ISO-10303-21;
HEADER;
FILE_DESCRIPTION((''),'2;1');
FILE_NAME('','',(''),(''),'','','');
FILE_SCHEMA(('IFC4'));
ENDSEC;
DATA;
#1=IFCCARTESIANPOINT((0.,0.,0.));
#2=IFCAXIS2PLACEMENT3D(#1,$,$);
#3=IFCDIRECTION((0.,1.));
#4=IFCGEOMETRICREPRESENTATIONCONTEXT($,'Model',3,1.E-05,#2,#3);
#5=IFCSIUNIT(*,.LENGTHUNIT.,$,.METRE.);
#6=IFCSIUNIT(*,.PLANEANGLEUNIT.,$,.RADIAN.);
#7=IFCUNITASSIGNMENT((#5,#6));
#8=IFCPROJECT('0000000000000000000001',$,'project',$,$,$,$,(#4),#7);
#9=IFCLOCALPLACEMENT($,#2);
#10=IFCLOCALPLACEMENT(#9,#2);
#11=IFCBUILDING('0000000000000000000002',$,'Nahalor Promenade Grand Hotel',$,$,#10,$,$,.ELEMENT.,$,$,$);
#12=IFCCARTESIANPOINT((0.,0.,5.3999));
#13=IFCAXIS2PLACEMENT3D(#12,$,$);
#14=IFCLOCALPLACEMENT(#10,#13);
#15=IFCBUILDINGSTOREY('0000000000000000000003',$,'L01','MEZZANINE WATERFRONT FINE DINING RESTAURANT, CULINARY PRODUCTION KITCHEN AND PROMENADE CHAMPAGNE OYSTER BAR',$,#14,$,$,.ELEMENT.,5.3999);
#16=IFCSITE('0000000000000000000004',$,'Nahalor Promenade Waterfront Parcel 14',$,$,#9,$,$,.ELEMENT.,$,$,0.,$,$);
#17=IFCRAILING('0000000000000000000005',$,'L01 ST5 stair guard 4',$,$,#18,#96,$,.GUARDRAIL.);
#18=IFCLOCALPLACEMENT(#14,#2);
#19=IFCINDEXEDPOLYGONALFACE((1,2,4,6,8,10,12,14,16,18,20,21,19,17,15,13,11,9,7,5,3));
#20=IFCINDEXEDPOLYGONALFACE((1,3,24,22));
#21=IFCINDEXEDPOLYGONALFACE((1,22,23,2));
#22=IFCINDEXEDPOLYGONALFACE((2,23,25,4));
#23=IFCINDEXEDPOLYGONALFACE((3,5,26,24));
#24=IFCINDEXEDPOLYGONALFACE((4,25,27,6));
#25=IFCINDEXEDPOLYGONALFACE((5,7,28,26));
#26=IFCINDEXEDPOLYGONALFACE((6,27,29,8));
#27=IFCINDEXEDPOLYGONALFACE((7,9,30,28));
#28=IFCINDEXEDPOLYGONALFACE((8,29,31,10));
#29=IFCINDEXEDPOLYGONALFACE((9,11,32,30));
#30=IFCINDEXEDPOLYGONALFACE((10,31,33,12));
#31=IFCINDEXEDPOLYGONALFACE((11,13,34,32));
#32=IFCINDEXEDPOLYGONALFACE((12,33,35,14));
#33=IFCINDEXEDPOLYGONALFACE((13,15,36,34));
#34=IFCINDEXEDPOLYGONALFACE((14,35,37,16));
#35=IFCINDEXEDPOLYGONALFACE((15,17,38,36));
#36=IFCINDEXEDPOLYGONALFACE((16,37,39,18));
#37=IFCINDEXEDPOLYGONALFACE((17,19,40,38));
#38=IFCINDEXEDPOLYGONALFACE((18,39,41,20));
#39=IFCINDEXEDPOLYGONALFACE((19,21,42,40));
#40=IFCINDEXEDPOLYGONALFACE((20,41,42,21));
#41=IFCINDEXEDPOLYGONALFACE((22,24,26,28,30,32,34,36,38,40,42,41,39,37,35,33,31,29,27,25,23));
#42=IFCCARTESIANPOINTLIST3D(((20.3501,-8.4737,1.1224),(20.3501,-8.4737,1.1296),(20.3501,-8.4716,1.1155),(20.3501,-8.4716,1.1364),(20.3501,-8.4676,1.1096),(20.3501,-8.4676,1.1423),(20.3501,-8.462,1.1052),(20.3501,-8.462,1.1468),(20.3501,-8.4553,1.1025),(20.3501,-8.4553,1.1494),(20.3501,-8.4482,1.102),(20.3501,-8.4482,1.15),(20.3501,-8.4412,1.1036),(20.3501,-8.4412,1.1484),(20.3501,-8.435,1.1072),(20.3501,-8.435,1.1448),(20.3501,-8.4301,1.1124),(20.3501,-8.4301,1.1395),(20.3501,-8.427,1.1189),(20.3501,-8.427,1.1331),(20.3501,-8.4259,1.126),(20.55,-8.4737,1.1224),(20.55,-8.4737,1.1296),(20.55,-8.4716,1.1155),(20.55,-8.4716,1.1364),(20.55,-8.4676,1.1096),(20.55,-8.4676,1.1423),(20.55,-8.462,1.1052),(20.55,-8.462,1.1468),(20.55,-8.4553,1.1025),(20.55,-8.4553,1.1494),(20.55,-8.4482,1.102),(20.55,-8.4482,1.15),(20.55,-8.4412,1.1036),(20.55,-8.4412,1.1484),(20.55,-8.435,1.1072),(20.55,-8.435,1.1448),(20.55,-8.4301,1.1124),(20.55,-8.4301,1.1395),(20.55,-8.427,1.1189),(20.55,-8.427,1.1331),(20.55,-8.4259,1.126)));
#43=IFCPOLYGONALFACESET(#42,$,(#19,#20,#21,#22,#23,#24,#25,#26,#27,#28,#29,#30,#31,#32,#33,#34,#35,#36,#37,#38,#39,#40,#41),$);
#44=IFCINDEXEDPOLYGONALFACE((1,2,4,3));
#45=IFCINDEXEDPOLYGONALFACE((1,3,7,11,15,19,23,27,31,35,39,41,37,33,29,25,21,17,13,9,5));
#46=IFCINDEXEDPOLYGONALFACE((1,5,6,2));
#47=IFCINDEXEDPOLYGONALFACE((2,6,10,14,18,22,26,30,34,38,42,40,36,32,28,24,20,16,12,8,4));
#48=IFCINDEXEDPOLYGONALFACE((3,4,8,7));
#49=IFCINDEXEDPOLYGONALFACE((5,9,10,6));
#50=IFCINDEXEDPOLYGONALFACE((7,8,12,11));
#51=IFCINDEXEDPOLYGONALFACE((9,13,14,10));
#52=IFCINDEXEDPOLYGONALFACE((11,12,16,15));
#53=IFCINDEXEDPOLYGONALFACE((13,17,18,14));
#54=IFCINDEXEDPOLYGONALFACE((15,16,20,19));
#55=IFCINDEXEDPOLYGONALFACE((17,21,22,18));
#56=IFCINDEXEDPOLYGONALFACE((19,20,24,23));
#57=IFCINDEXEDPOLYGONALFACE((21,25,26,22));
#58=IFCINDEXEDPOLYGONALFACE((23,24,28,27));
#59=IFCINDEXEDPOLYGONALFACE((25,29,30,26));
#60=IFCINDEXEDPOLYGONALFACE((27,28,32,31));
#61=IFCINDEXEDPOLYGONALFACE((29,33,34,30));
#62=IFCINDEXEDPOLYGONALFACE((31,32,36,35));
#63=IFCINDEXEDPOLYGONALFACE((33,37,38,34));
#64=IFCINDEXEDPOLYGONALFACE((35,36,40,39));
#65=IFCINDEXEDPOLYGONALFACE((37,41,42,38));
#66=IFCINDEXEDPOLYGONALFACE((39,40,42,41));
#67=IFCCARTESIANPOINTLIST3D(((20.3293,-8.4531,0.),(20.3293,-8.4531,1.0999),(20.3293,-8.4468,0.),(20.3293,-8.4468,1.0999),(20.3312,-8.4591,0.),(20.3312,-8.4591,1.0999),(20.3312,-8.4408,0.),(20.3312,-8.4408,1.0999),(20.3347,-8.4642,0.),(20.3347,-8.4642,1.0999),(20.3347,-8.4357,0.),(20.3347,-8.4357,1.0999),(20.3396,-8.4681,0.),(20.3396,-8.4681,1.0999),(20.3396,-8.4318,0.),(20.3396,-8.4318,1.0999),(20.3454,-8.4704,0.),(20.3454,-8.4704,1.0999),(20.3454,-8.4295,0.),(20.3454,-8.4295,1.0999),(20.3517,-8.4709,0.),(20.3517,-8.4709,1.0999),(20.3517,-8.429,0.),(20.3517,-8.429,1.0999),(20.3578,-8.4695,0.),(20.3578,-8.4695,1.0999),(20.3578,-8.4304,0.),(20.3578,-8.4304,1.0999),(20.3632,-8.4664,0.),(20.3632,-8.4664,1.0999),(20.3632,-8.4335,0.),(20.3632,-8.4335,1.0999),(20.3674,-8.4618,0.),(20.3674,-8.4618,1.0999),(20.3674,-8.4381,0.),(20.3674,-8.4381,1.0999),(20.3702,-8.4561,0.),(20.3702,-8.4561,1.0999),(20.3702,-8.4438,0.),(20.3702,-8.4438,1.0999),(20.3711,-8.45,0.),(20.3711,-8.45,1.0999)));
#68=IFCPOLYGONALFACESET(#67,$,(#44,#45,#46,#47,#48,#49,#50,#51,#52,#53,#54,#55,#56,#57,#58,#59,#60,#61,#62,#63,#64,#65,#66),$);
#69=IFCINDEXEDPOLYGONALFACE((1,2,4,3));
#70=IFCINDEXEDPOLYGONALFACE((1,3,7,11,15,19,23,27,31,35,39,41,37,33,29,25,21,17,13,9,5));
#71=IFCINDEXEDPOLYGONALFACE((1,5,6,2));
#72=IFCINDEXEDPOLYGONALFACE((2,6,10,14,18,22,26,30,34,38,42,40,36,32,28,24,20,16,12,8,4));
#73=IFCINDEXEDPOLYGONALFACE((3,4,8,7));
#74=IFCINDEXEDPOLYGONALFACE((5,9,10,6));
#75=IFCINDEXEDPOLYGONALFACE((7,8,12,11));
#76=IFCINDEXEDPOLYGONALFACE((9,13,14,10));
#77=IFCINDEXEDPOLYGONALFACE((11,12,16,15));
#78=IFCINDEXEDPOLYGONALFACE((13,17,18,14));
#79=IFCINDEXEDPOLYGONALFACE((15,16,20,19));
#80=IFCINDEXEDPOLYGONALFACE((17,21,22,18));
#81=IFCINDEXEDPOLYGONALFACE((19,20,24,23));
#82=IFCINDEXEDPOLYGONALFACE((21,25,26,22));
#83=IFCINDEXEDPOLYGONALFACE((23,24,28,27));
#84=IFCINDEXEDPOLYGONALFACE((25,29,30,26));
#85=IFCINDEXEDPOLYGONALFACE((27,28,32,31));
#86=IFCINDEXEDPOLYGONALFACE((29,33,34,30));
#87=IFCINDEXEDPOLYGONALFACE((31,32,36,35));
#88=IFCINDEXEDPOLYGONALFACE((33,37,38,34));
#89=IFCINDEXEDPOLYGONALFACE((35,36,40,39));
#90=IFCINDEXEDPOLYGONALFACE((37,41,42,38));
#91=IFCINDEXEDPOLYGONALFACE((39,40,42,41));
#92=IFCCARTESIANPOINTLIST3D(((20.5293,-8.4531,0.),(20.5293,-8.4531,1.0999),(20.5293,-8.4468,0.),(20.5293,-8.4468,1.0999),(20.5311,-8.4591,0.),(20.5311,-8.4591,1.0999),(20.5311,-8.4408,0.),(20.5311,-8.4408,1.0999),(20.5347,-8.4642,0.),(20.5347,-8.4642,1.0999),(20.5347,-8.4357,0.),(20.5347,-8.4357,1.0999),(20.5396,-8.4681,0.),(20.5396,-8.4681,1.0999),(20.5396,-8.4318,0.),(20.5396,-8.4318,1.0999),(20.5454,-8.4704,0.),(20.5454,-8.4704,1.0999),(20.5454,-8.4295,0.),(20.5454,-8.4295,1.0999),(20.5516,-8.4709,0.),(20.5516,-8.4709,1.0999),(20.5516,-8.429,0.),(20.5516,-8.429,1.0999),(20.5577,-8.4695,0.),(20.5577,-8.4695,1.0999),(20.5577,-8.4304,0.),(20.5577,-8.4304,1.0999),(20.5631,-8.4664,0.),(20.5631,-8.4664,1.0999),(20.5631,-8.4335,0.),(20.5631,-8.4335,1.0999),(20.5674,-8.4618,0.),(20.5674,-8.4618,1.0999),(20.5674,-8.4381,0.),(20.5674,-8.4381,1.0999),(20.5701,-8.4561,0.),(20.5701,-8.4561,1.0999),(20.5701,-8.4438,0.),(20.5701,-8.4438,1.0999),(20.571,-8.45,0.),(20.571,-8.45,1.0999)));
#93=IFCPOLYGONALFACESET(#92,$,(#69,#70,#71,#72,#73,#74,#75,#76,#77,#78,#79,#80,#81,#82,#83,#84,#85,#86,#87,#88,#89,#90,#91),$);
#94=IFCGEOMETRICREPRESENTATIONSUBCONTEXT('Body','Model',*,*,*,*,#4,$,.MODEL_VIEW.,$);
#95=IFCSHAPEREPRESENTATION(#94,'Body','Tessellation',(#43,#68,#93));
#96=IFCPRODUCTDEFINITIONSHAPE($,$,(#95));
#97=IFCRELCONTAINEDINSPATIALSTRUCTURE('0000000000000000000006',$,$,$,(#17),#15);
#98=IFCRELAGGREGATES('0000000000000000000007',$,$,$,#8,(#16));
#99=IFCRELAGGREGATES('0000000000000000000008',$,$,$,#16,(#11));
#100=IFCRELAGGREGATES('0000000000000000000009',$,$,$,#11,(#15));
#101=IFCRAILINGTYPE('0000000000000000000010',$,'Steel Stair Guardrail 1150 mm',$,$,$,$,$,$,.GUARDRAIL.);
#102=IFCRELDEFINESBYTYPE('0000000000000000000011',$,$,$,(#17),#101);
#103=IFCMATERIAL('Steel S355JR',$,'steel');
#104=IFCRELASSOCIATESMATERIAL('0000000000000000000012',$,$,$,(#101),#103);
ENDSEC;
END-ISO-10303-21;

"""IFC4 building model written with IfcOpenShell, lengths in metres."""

from ifc_helpers import new_model, si_unit, direction, frame, origin, origin_2d, place, context, subcontext, project, spatial, circle, extrude, material, type_object, element, save


model = new_model("IFC4")

# Units and contexts
model_context = context("Model", 3, precision=1e-05, world=origin(), true_north=direction((0.0, 1.0)))
body_context = subcontext(model_context, "Body", "Model", "MODEL_VIEW")
ifc_project = project(units=[si_unit("LENGTHUNIT", "METRE"), si_unit("PLANEANGLEUNIT", "RADIAN")], contexts=[model_context])

# Site, building, storey
site_placement = place(None, origin())
site = spatial("IfcSite", under=ifc_project, at=site_placement, Name="Nahalor Promenade Waterfront Parcel 14", CompositionType="ELEMENT", RefElevation=0.0)
building_placement = place(site_placement, origin())
building = spatial("IfcBuilding", under=site, at=building_placement, Name="Nahalor Promenade Grand Hotel", CompositionType="ELEMENT")
storey_placement = place(building_placement, frame((0.0, 0.0, 5.3999)))
storey = spatial("IfcBuildingStorey", under=building, at=storey_placement, Name="L01", Description="MEZZANINE WATERFRONT FINE DINING RESTAURANT, CULINARY PRODUCTION KITCHEN AND PROMENADE CHAMPAGNE OYSTER BAR", CompositionType="ELEMENT", Elevation=5.3999)

# Shared definitions
ifc_material_1 = material(Name="Steel S355JR", Category="steel")

# Railing
railing_type_1 = type_object("IfcRailingType", Name="Steel Stair Guardrail 1150 mm", PredefinedType="GUARDRAIL", material=ifc_material_1)
railing_1_placement = place(storey_placement, frame((20.3501, -8.45, 0.0)))
element("IfcRailing", 1, at=railing_1_placement, inside=storey, type_object=railing_type_1, Name="L01 ST5 stair guard 4", PredefinedType="GUARDRAIL", context=body_context, shape_type="SweptSolid", body=[
    extrude(circle(Radius=0.024, at=origin_2d()), frame((0.0, 0.0, 1.126), z_axis=(1.0, 0.0, 0.0), x_axis=(0.0, 1.0, 0.0)), (0.0, 0.0, 1.0), 0.2),
    extrude(circle(Radius=0.021, at=origin_2d()), origin(), (0.0, 0.0, 1.0), 1.0999),
    extrude(circle(Radius=0.021, at=origin_2d()), frame((0.2, 0.0, 0.0)), (0.0, 0.0, 1.0), 1.0999),
])

save(model, "model.ifc")
